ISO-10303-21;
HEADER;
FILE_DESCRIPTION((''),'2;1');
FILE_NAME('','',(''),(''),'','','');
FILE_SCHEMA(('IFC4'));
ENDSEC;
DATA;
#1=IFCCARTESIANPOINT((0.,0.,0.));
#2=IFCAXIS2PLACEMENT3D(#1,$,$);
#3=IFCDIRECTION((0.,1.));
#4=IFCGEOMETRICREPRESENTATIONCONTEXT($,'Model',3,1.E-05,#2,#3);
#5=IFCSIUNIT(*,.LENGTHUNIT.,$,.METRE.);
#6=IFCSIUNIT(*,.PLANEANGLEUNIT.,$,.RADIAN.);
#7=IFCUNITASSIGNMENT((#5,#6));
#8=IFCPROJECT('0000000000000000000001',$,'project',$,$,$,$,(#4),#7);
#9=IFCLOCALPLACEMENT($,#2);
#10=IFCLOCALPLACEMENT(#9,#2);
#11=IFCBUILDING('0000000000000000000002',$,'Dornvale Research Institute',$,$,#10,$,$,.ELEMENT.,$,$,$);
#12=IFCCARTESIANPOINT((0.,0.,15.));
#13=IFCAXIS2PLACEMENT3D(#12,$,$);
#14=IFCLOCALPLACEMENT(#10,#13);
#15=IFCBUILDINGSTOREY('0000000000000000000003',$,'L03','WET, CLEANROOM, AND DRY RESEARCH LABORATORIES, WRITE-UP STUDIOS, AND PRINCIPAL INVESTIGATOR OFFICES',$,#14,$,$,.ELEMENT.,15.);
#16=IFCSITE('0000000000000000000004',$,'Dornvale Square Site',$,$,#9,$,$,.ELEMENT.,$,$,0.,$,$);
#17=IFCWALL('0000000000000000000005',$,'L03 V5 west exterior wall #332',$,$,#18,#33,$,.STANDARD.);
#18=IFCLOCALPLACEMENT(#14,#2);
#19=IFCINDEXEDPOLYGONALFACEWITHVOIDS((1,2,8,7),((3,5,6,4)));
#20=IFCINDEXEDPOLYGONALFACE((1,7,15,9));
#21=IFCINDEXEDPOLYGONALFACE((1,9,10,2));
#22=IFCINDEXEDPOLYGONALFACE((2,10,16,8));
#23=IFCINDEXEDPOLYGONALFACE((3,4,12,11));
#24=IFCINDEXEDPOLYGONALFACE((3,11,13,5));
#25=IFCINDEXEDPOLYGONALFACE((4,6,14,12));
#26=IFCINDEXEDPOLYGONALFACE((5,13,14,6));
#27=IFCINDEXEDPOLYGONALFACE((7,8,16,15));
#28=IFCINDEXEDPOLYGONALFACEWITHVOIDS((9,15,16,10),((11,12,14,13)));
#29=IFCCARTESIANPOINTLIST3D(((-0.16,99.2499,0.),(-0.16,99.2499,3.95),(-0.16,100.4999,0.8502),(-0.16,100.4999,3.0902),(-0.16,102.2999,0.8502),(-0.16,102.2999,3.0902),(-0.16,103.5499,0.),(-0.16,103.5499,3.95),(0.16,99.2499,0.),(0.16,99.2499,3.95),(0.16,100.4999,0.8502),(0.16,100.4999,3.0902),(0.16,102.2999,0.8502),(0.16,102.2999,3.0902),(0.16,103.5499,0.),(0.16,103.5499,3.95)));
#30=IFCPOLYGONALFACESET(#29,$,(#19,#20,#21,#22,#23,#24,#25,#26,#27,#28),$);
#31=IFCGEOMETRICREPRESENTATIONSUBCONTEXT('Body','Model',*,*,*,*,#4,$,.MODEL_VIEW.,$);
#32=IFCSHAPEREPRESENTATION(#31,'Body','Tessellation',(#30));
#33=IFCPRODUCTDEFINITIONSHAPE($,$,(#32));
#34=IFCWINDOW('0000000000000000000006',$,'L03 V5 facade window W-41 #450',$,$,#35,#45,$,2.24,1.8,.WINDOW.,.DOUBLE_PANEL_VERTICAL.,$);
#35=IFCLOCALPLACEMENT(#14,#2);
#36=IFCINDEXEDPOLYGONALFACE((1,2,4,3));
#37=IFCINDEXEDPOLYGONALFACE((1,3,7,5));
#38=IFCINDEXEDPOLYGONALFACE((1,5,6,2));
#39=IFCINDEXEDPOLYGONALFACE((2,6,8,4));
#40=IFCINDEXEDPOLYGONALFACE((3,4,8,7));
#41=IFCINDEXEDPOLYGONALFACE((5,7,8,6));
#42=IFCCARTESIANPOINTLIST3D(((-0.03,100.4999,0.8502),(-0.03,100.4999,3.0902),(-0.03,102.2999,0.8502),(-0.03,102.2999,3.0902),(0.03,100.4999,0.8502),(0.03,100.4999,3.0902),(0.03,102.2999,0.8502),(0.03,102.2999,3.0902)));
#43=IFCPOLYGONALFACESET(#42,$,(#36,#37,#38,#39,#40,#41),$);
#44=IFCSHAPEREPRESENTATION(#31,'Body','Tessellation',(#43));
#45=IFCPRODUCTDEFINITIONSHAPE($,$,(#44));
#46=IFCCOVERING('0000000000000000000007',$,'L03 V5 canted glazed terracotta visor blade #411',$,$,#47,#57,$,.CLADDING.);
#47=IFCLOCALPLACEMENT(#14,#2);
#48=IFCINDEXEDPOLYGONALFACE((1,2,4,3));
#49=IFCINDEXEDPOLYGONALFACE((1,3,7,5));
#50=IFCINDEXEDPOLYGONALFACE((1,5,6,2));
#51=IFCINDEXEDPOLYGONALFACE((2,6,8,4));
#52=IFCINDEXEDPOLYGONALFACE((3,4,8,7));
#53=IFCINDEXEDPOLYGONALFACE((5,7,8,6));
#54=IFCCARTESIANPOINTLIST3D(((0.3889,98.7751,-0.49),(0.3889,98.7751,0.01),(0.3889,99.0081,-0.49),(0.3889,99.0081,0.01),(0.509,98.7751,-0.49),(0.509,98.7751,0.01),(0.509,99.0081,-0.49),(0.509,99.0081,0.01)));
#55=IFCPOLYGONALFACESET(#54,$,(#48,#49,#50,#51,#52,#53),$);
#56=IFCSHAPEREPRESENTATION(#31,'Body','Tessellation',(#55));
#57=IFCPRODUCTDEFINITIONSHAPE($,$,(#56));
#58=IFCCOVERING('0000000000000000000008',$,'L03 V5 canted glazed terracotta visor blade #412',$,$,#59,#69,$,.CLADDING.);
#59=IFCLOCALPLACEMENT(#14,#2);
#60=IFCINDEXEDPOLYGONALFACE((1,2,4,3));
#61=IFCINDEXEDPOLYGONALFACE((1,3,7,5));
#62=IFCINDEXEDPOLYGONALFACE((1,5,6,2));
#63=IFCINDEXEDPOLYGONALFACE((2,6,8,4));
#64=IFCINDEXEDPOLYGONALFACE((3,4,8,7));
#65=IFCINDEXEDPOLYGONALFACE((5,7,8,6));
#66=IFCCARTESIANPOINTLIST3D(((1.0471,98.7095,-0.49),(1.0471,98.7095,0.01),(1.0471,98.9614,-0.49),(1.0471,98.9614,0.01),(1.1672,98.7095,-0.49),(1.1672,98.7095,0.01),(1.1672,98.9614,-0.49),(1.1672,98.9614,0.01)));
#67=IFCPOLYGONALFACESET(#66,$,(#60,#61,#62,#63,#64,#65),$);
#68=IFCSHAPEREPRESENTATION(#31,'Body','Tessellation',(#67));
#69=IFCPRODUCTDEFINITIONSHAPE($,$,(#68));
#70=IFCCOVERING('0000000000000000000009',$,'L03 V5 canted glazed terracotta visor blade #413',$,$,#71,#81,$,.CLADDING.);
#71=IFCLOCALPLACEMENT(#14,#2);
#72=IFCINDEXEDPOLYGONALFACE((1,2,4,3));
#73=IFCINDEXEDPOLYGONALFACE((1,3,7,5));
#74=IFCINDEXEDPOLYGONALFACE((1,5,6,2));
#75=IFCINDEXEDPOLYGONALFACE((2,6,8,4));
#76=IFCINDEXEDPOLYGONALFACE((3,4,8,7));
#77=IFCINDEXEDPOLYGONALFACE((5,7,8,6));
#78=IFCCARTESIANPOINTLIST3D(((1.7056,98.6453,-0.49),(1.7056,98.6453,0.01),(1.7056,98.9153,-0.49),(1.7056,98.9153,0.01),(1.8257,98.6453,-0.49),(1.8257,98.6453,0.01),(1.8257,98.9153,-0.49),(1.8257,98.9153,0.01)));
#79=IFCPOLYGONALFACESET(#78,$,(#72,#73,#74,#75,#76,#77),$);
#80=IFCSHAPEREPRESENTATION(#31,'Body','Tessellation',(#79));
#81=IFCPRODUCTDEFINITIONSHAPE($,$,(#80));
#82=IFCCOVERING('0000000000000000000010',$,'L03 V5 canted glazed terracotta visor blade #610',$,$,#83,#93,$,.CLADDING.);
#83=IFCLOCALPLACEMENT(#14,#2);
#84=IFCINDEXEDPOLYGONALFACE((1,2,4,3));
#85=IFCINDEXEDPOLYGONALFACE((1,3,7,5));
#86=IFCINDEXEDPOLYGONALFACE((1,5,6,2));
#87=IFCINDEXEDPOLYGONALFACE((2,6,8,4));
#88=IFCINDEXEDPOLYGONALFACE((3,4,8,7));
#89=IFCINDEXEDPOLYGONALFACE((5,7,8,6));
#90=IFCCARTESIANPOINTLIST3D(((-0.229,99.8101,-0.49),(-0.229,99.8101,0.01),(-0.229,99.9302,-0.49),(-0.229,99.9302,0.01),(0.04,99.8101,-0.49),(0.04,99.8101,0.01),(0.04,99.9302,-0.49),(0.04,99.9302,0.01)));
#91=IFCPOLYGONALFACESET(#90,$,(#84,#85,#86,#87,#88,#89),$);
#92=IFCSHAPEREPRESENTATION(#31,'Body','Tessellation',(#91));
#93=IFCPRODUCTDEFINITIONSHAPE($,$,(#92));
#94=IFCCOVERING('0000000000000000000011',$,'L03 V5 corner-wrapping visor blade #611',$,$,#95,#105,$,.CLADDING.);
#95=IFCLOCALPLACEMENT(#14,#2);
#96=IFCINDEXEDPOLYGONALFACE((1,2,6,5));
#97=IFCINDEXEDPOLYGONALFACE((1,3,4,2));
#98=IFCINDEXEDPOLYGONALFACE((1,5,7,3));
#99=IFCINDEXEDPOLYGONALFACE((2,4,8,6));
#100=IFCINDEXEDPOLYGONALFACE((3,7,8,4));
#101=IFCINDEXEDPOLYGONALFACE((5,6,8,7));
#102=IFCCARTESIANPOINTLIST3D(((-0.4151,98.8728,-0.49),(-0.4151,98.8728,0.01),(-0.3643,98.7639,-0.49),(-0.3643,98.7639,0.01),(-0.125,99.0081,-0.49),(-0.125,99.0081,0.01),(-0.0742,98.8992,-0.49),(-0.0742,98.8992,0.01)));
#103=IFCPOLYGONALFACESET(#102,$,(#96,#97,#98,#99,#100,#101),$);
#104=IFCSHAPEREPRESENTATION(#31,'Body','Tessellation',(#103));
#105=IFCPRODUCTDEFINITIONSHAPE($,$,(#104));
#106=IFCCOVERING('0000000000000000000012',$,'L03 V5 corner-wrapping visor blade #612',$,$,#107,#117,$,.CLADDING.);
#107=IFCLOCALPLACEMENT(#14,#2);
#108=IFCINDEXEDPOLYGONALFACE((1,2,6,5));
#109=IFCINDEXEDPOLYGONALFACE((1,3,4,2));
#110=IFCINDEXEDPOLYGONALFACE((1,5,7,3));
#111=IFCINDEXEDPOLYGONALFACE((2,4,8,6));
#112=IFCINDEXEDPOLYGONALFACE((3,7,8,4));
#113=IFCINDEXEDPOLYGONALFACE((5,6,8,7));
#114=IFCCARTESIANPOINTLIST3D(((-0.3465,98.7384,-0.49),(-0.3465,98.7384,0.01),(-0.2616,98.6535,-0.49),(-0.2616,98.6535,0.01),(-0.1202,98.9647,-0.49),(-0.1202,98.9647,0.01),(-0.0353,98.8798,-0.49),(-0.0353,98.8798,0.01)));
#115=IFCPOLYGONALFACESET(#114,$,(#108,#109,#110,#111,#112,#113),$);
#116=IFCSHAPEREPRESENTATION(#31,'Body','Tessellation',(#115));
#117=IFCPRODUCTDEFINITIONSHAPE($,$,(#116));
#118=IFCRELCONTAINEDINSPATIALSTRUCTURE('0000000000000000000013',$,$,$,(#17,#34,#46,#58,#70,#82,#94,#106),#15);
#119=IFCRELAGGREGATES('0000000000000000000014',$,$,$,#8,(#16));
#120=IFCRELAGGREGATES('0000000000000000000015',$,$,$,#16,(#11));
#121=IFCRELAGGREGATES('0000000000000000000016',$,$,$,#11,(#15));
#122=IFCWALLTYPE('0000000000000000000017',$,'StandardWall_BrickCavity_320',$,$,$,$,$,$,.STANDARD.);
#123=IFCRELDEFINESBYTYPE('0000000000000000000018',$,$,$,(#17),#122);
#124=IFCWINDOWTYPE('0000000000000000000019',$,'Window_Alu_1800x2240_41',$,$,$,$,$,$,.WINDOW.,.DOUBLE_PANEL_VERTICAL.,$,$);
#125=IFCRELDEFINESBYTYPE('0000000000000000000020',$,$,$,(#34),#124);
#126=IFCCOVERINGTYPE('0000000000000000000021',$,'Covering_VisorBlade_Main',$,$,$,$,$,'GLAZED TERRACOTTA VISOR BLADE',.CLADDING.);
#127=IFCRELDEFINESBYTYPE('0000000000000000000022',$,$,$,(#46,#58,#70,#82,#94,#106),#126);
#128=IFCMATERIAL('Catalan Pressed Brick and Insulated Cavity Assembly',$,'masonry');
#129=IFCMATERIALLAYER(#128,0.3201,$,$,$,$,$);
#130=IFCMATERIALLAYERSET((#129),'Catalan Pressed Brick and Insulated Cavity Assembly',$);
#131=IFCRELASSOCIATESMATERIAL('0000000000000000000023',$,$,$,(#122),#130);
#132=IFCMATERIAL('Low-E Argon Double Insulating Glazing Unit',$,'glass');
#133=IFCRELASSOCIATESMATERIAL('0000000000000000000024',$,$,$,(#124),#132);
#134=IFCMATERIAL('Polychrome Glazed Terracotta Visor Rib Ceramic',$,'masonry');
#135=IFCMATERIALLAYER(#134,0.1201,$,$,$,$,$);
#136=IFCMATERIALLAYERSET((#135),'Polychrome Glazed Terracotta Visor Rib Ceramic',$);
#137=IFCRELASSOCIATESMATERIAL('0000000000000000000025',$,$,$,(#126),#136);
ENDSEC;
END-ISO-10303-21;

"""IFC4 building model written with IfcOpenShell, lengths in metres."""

from ifc_helpers import new_model, si_unit, direction, frame, frame_2d, origin, origin_2d, place, context, subcontext, project, spatial, rectangle, extrude, material, layer, layer_set, type_object, element, fill, save


model = new_model("IFC4")

# Units and contexts
model_context = context("Model", 3, precision=1e-05, world=origin(), true_north=direction((0.0, 1.0)))
body_context = subcontext(model_context, "Body", "Model", "MODEL_VIEW")
ifc_project = project(units=[si_unit("LENGTHUNIT", "METRE"), si_unit("PLANEANGLEUNIT", "RADIAN")], contexts=[model_context])

# Site, building, storey
site_placement = place(None, origin())
site = spatial("IfcSite", under=ifc_project, at=site_placement, Name="Dornvale Square Site", CompositionType="ELEMENT", RefElevation=0.0)
building_placement = place(site_placement, origin())
building = spatial("IfcBuilding", under=site, at=building_placement, Name="Dornvale Research Institute", CompositionType="ELEMENT")
storey_placement = place(building_placement, frame((0.0, 0.0, 15.0)))
storey = spatial("IfcBuildingStorey", under=building, at=storey_placement, Name="L03", Description="WET, CLEANROOM, AND DRY RESEARCH LABORATORIES, WRITE-UP STUDIOS, AND PRINCIPAL INVESTIGATOR OFFICES", CompositionType="ELEMENT", Elevation=15.0)

# Wall, opening, window
ifc_material_1 = material(Name="Catalan Pressed Brick and Insulated Cavity Assembly", Category="masonry")
ifc_layer_1 = layer(ifc_material_1, 0.3201)
ifc_layer_set_1 = layer_set([ifc_layer_1], Name="Catalan Pressed Brick and Insulated Cavity Assembly")
wall_type = type_object("IfcWallType", Name="StandardWall_BrickCavity_320", PredefinedType="STANDARD", material=ifc_layer_set_1)
wall_placement = place(storey_placement, frame((0.0, 99.25, 0.0), z_axis=(0.0, 0.0, 1.0), x_axis=(0.0, 1.0, 0.0)))
wall = element("IfcWall", 1, at=wall_placement, inside=storey, type_object=wall_type, Name="L03 V5 west exterior wall #332", PredefinedType="STANDARD", context=body_context, shape_type="SweptSolid", body=[
    extrude(rectangle(XDim=4.3, YDim=0.3201, at=frame_2d((2.1499, 0.0))), origin(), (0.0, 0.0, 1.0), 3.95),
])
opening_placement = place(wall_placement, frame((1.25, 0.0, 0.8501)))
opening = element("IfcOpeningElement", 2, at=opening_placement, cuts=wall, PredefinedType="OPENING", context=body_context, shape_type="SweptSolid", body=[
    extrude(rectangle(XDim=1.8, YDim=2.24, at=frame_2d((0.8999, 1.1201))), frame((0.0, 0.175, 0.0), z_axis=(0.0, -1.0, 0.0), x_axis=(1.0, 0.0, 0.0)), (0.0, 0.0, 1.0), 0.3501),
])
ifc_material_2 = material(Name="Low-E Argon Double Insulating Glazing Unit", Category="glass")
window_type = type_object("IfcWindowType", Name="Window_Alu_1800x2240_41", PartitioningType="DOUBLE_PANEL_VERTICAL", PredefinedType="WINDOW", material=ifc_material_2)
window_placement = place(opening_placement, origin())
window = element("IfcWindow", 3, at=window_placement, inside=storey, type_object=window_type, Name="L03 V5 facade window W-41 #450", OverallHeight=2.24, OverallWidth=1.8, PartitioningType="DOUBLE_PANEL_VERTICAL", PredefinedType="WINDOW", context=body_context, shape_type="SweptSolid", body=[
    extrude(rectangle(XDim=1.8, YDim=2.24, at=frame_2d((0.8999, 1.1201))), frame((0.0, 0.03, 0.0), z_axis=(0.0, -1.0, 0.0), x_axis=(1.0, 0.0, 0.0)), (0.0, 0.0, 1.0), 0.0601),
])
fill(opening, window)

# Coverings
ifc_material_3 = material(Name="Polychrome Glazed Terracotta Visor Rib Ceramic", Category="masonry")
ifc_layer_2 = layer(ifc_material_3, 0.1201)
ifc_layer_set_2 = layer_set([ifc_layer_2], Name="Polychrome Glazed Terracotta Visor Rib Ceramic")
covering_type = type_object("IfcCoveringType", Name="Covering_VisorBlade_Main", ElementType="GLAZED TERRACOTTA VISOR BLADE", PredefinedType="CLADDING", material=ifc_layer_set_2)
covering_1_placement = place(storey_placement, frame((0.449, 98.8916, -0.49), z_axis=(0.0, 0.0, 1.0), x_axis=(0.0, 1.0, 0.0)))
element("IfcCovering", 4, at=covering_1_placement, inside=storey, type_object=covering_type, Name="L03 V5 canted glazed terracotta visor blade #411", PredefinedType="CLADDING", context=body_context, shape_type="SweptSolid", body=[
    extrude(rectangle(XDim=0.2329, YDim=0.1201, at=origin_2d()), origin(), (0.0, 0.0, 1.0), 0.5),
])
covering_2_placement = place(storey_placement, frame((1.1072, 98.8354, -0.49), z_axis=(0.0, 0.0, 1.0), x_axis=(0.0, 1.0, 0.0)))
element("IfcCovering", 5, at=covering_2_placement, inside=storey, type_object=covering_type, Name="L03 V5 canted glazed terracotta visor blade #412", PredefinedType="CLADDING", context=body_context, shape_type="SweptSolid", body=[
    extrude(rectangle(XDim=0.252, YDim=0.1201, at=origin_2d()), origin(), (0.0, 0.0, 1.0), 0.5),
])
covering_3_placement = place(storey_placement, frame((1.7656, 98.7803, -0.49), z_axis=(0.0, 0.0, 1.0), x_axis=(0.0, 1.0, 0.0)))
element("IfcCovering", 6, at=covering_3_placement, inside=storey, type_object=covering_type, Name="L03 V5 canted glazed terracotta visor blade #413", PredefinedType="CLADDING", context=body_context, shape_type="SweptSolid", body=[
    extrude(rectangle(XDim=0.27, YDim=0.1201, at=origin_2d()), origin(), (0.0, 0.0, 1.0), 0.5),
])
covering_4_placement = place(storey_placement, frame((-0.0945, 99.8701, -0.49), z_axis=(0.0, 0.0, 1.0), x_axis=(1.0, 0.0, 0.0)))
element("IfcCovering", 7, at=covering_4_placement, inside=storey, type_object=covering_type, Name="L03 V5 canted glazed terracotta visor blade #610", PredefinedType="CLADDING", context=body_context, shape_type="SweptSolid", body=[
    extrude(rectangle(XDim=0.269, YDim=0.1201, at=origin_2d()), origin(), (0.0, 0.0, 1.0), 0.5),
])
for number, where, z_axis, x_axis, name in (
    (8, (-0.2446, 98.886, -0.49), (0.0, 0.0, 1.0), (-0.906308, -0.422618, 0.0), "L03 V5 corner-wrapping visor blade #611"),
    (9, (-0.1909, 98.8091, -0.49), (0.0, 0.0, 1.0), (-0.707107, -0.707107, 0.0), "L03 V5 corner-wrapping visor blade #612"),
):
    element("IfcCovering", number, at=place(storey_placement, frame(where, z_axis=z_axis, x_axis=x_axis)), inside=storey, type_object=covering_type, Name=name, PredefinedType="CLADDING", context=body_context, shape_type="SweptSolid", body=[
        extrude(rectangle(XDim=0.3201, YDim=0.1201, at=origin_2d()), origin(), (0.0, 0.0, 1.0), 0.5),
    ])

save(model, "model.ifc")
